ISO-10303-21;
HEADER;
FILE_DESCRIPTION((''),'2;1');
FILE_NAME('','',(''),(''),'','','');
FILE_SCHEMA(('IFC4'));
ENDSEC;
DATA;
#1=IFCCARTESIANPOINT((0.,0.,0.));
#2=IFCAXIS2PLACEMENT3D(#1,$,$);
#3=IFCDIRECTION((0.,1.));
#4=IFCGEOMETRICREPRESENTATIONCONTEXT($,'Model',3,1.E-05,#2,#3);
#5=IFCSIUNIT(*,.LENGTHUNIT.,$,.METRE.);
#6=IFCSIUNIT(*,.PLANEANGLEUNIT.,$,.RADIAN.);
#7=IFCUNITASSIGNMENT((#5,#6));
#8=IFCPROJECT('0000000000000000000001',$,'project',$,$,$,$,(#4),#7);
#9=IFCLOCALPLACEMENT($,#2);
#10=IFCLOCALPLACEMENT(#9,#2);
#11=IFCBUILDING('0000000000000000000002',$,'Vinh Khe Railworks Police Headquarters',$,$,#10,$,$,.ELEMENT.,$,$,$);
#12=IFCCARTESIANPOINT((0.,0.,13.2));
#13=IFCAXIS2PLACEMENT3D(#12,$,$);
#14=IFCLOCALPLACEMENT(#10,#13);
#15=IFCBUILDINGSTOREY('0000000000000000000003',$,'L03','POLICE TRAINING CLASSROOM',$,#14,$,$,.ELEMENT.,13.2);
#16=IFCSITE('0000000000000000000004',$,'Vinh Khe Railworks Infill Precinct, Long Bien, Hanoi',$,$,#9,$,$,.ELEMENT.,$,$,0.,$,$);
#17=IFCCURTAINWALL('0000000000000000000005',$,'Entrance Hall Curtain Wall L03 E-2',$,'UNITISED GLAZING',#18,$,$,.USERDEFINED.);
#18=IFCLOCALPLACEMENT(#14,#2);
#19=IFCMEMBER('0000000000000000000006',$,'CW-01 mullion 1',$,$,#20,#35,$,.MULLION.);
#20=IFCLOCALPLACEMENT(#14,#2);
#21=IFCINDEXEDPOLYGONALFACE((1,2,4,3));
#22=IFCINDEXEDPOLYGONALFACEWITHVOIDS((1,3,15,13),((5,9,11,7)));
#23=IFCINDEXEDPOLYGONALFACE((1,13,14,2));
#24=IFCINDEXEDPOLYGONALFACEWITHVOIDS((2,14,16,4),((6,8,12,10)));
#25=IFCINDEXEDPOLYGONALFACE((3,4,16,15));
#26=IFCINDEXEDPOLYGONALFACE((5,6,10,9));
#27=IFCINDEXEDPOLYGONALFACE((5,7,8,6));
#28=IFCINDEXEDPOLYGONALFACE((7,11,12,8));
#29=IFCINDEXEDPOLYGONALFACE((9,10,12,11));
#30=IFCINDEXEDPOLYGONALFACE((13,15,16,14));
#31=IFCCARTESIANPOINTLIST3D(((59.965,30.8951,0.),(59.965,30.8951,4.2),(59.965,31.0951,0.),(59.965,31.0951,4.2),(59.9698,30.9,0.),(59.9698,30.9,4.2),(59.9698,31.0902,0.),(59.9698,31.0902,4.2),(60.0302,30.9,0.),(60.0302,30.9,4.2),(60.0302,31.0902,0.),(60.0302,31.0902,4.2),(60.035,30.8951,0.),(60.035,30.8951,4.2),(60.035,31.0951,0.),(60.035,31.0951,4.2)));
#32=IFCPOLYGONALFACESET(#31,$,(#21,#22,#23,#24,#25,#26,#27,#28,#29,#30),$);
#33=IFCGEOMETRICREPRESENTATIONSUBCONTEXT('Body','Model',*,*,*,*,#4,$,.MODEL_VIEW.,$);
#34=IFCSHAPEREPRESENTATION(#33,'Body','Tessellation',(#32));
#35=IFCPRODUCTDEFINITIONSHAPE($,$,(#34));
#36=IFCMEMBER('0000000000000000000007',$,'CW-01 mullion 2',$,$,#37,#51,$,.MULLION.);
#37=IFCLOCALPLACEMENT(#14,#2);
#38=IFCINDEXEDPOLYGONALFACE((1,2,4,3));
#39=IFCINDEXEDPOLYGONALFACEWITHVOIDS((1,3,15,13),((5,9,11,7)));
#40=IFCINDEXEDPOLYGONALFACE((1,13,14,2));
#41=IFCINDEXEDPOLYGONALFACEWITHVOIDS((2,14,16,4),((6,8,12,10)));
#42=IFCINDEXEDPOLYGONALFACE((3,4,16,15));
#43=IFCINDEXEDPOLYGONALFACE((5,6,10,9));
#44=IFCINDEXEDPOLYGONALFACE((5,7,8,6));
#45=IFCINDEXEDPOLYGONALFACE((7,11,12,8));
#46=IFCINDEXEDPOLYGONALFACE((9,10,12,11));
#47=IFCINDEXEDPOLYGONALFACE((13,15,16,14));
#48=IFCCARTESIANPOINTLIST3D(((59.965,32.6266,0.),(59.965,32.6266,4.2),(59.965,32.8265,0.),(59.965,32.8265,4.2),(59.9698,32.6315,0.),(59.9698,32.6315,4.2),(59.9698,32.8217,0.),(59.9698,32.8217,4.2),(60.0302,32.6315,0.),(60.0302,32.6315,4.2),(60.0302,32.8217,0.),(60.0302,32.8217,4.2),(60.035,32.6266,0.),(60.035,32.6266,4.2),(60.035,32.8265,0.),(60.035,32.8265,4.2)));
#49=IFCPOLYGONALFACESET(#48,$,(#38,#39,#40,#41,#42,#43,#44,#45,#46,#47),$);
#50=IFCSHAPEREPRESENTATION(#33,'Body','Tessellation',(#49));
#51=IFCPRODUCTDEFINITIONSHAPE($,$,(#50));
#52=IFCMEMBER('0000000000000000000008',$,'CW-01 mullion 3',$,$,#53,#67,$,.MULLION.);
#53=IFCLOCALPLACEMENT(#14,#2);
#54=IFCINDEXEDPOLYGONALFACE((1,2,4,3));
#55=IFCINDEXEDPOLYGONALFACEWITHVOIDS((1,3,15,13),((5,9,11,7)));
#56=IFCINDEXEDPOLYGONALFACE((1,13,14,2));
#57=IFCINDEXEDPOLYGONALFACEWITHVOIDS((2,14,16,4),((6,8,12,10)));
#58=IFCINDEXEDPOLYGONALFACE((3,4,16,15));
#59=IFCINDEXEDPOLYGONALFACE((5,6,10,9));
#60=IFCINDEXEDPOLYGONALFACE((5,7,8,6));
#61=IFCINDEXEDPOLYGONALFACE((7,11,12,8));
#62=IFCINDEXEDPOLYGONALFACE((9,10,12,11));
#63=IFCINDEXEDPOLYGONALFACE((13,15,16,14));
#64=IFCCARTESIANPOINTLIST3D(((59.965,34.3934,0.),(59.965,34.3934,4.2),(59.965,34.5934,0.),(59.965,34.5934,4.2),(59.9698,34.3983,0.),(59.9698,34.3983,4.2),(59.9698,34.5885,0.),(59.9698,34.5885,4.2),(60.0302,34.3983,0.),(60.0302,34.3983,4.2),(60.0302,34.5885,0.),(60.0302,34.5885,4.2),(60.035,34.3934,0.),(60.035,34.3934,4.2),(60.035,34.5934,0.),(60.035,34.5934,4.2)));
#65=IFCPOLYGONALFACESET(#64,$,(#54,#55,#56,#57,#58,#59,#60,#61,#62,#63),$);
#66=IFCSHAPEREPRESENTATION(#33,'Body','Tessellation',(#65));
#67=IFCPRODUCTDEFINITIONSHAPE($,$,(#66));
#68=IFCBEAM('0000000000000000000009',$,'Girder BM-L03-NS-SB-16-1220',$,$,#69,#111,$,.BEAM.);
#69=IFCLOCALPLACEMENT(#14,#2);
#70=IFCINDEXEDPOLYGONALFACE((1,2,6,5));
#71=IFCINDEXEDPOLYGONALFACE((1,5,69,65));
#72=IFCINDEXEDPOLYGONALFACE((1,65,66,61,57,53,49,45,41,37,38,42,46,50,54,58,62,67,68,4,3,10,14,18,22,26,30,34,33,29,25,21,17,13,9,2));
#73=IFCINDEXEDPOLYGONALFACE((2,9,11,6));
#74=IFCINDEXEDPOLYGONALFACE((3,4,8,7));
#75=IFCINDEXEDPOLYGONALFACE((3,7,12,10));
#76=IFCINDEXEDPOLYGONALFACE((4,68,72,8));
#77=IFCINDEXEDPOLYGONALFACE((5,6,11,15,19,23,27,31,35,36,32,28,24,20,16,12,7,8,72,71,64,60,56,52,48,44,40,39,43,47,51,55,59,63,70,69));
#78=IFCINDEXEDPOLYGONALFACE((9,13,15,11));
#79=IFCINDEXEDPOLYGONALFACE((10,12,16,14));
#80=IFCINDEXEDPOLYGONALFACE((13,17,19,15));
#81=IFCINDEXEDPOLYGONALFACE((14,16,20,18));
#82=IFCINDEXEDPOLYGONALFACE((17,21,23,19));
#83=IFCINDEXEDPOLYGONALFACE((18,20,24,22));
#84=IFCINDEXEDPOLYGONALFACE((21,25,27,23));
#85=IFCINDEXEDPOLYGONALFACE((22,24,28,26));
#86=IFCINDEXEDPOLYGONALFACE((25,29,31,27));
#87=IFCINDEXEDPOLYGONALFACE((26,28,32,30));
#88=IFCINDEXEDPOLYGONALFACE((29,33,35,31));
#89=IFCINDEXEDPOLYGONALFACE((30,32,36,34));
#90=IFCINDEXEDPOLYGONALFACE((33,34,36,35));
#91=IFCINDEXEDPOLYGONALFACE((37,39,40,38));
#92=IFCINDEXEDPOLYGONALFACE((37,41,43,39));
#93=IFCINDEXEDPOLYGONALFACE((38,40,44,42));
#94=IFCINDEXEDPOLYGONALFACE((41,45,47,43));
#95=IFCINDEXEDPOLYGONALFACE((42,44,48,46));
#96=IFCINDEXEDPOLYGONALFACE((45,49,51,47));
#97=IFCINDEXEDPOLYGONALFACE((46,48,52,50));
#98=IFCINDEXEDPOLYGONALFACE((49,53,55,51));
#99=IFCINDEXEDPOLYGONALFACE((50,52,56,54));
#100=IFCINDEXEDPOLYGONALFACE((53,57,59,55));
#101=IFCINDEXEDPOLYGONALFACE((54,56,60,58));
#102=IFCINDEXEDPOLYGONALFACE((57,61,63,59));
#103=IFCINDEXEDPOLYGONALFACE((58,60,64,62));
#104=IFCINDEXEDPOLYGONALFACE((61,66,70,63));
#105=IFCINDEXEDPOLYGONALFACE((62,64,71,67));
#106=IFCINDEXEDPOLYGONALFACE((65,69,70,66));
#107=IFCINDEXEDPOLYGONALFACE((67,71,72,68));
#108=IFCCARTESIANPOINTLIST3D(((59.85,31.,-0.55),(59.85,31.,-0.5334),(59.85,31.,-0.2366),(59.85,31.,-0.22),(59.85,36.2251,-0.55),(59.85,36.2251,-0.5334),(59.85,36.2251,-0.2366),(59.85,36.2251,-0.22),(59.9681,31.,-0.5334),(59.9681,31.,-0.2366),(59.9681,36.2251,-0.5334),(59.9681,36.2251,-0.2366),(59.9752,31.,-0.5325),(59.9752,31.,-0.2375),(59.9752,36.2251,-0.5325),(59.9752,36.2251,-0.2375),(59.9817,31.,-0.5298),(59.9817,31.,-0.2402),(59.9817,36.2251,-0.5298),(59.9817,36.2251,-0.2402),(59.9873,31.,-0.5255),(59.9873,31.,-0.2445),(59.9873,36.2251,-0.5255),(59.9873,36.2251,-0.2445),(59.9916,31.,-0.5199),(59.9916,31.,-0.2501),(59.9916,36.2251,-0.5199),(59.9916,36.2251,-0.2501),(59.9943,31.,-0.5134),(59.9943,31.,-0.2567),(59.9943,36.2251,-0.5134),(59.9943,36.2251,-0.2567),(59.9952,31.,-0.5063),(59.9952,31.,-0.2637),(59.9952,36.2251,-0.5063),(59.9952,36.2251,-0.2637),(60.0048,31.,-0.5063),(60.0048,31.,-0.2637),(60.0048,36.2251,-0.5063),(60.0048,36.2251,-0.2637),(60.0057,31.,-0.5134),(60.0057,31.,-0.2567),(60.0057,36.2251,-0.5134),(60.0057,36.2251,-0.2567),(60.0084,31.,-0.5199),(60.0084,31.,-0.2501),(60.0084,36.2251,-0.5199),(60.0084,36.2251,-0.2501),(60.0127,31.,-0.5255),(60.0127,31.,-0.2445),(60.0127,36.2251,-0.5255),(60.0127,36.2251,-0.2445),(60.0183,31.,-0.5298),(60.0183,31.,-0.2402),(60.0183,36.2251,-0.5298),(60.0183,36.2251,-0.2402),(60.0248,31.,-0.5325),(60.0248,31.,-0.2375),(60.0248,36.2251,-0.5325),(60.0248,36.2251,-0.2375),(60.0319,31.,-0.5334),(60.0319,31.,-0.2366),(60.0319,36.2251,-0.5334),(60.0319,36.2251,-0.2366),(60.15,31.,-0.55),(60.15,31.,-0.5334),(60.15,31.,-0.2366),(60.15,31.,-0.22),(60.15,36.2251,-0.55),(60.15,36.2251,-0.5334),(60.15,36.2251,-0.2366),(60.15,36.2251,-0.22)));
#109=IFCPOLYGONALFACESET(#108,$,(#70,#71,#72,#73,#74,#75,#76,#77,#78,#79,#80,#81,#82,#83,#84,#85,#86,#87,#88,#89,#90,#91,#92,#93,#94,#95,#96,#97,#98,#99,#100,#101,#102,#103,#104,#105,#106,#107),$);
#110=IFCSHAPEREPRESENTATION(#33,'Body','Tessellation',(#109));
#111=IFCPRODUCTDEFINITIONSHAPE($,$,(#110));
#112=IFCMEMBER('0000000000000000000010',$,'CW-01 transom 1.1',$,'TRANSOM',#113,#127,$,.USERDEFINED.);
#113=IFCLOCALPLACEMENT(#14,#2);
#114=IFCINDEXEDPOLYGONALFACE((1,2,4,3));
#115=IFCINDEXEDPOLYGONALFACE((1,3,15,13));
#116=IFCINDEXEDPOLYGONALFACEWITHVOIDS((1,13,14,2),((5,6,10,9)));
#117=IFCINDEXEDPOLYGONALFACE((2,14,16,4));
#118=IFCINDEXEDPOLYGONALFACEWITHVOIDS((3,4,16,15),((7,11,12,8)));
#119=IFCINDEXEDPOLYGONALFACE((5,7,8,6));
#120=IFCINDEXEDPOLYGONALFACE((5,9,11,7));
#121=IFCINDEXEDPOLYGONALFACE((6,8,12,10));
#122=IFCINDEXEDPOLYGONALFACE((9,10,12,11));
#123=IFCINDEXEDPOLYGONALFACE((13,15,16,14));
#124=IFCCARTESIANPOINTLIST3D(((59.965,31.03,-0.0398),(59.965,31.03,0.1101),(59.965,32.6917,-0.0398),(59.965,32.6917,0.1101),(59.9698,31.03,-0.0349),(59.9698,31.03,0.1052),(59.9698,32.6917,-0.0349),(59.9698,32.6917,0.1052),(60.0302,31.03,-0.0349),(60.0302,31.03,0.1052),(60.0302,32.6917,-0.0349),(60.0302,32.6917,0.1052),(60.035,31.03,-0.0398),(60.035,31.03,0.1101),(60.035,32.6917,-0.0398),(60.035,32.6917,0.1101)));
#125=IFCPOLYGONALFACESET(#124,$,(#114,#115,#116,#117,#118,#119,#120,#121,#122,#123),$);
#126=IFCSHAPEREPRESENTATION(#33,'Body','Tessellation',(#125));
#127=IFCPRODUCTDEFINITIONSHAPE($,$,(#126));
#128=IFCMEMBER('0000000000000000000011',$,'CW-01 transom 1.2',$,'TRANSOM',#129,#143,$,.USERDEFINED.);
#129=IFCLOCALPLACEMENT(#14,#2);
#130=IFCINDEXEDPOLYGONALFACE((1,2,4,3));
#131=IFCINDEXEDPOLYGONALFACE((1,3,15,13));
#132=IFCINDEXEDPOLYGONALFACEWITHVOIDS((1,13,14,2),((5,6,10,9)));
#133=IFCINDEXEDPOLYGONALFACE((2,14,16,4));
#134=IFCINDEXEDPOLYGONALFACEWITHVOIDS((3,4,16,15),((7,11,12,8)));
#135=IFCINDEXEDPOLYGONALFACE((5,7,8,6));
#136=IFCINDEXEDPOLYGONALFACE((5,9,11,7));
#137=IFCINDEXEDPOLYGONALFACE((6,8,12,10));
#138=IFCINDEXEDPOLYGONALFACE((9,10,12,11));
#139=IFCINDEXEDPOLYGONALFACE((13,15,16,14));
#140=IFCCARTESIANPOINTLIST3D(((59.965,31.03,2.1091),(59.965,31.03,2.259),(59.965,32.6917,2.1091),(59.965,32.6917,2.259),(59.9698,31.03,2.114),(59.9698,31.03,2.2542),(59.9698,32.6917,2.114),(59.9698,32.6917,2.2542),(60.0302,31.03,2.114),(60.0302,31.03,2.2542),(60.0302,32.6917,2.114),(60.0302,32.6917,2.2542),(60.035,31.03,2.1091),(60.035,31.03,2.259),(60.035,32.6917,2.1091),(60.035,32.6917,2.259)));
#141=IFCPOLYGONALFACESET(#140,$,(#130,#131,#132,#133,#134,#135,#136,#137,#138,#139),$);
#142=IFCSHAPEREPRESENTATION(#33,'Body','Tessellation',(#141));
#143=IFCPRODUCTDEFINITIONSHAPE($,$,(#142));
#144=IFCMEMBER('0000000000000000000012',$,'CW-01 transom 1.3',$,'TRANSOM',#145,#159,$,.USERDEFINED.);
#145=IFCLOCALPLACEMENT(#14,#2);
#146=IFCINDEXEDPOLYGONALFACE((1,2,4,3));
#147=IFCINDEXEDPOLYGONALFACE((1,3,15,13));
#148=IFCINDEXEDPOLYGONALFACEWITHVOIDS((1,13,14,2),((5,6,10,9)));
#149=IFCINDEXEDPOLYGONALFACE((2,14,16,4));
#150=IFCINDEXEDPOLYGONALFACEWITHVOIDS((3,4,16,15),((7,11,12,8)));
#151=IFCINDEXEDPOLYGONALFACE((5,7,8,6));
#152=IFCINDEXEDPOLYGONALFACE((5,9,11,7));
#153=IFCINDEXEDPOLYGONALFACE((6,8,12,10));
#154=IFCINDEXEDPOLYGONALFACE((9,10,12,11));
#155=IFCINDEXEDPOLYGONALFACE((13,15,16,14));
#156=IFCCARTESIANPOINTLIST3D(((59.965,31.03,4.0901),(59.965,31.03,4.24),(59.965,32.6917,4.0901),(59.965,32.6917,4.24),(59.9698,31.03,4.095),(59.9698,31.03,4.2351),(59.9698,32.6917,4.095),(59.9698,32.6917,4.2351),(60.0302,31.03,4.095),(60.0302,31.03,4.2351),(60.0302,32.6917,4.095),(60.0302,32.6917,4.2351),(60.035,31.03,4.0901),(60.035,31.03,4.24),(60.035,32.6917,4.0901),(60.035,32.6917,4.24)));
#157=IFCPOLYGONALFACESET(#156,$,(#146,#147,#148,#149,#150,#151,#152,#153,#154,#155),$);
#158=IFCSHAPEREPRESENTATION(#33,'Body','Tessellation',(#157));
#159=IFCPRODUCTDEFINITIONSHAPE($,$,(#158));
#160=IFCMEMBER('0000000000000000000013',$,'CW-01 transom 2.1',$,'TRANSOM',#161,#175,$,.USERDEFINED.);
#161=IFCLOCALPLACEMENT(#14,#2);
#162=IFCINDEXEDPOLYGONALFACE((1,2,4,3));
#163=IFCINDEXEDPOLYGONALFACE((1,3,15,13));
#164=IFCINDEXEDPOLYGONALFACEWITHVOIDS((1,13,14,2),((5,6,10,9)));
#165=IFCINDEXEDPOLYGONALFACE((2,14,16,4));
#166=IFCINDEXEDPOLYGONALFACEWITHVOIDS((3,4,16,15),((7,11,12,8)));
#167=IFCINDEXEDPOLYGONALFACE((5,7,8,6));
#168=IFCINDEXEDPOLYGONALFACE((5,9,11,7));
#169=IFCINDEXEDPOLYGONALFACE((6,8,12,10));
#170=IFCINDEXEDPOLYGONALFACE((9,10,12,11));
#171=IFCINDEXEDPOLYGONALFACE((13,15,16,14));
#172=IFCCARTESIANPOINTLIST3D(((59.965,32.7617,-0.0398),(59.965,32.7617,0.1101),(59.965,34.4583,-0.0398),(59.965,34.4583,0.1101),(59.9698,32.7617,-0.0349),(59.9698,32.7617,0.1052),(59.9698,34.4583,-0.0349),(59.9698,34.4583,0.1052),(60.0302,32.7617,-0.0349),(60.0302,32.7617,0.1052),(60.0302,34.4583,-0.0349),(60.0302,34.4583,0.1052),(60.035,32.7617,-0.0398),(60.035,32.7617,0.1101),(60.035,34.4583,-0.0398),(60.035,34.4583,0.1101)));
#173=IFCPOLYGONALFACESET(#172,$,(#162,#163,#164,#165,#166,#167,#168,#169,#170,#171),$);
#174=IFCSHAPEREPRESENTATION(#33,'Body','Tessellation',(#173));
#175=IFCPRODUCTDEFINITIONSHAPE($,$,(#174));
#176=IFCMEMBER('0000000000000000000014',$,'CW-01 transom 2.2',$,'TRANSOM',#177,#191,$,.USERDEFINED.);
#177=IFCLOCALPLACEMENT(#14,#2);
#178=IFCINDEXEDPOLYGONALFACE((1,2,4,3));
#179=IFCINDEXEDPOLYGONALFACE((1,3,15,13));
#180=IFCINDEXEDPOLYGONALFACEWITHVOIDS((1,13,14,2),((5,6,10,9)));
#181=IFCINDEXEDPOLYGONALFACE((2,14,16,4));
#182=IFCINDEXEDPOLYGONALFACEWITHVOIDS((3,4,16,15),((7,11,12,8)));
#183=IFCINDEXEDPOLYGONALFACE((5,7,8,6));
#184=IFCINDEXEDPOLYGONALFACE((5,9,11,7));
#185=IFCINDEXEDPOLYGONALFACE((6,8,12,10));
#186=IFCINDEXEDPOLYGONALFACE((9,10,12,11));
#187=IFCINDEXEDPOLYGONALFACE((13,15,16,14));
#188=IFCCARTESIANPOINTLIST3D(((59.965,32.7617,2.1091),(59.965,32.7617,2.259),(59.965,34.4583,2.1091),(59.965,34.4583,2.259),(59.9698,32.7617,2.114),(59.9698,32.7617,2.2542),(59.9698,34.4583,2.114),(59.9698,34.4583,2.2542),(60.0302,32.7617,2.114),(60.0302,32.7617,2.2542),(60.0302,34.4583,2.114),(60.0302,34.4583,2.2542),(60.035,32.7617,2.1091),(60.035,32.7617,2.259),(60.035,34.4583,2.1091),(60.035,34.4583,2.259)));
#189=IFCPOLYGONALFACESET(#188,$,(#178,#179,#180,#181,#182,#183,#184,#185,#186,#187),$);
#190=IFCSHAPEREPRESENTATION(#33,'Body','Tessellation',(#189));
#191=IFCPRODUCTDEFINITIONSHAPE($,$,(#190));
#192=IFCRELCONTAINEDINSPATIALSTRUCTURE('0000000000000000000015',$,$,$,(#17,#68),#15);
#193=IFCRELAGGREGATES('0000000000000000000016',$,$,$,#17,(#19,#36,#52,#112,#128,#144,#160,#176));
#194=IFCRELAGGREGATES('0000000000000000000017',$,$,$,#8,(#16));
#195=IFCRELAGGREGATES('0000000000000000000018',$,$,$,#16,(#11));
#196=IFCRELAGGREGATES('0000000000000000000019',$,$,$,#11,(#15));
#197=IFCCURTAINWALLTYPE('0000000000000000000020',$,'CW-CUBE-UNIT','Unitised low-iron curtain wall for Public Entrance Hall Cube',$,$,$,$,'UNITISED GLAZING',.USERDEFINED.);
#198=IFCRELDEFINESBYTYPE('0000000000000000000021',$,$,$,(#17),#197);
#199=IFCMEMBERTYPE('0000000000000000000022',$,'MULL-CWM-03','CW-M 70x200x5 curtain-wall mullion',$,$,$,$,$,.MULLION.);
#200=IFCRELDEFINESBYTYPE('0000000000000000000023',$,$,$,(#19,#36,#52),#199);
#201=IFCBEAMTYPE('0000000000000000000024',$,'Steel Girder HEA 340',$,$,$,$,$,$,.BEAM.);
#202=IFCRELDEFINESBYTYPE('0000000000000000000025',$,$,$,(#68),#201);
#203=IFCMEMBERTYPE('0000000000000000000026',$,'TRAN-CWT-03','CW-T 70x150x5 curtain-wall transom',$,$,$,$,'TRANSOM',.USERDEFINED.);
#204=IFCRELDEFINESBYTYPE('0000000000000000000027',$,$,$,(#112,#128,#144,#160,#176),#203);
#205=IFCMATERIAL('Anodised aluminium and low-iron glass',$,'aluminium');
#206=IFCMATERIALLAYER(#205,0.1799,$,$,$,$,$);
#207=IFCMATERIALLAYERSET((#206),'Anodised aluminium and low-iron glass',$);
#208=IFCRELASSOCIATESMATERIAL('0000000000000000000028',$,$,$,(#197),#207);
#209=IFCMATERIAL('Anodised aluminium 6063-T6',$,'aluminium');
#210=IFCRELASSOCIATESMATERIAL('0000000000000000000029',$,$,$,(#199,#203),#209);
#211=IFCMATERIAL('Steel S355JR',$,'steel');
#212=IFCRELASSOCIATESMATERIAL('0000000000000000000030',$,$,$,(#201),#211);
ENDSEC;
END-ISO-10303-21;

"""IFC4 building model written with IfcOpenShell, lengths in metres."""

from ifc_helpers import new_model, si_unit, direction, frame, origin, origin_2d, place, context, subcontext, project, spatial, hollow_rectangle, i_section, extrude, material, layer, layer_set, material_profile, profile_set, type_object, element, aggregate, save


model = new_model("IFC4")

# Units and contexts
model_context = context("Model", 3, precision=1e-05, world=origin(), true_north=direction((0.0, 1.0)))
body_context = subcontext(model_context, "Body", "Model", "MODEL_VIEW")
ifc_project = project(units=[si_unit("LENGTHUNIT", "METRE"), si_unit("PLANEANGLEUNIT", "RADIAN")], contexts=[model_context])

# Site, building, storey
site_placement = place(None, origin())
site = spatial("IfcSite", under=ifc_project, at=site_placement, Name="Vinh Khe Railworks Infill Precinct, Long Bien, Hanoi", CompositionType="ELEMENT", RefElevation=0.0)
building_placement = place(site_placement, origin())
building = spatial("IfcBuilding", under=site, at=building_placement, Name="Vinh Khe Railworks Police Headquarters", CompositionType="ELEMENT")
storey_placement = place(building_placement, frame((0.0, 0.0, 13.2)))
storey = spatial("IfcBuildingStorey", under=building, at=storey_placement, Name="L03", Description="POLICE TRAINING CLASSROOM", CompositionType="ELEMENT", Elevation=13.2)

# Shared definitions
ifc_material_1 = material(Name="Steel S355JR", Category="steel")

# Shared definitions
ifc_material_2 = material(Name="Anodised aluminium and low-iron glass", Category="aluminium")
ifc_layer_1 = layer(ifc_material_2, 0.1799)
ifc_layer_set_1 = layer_set([ifc_layer_1], Name="Anodised aluminium and low-iron glass")
curtain_wall_type = type_object("IfcCurtainWallType", Name="CW-CUBE-UNIT", Description="Unitised low-iron curtain wall for Public Entrance Hall Cube", ElementType="UNITISED GLAZING", PredefinedType="USERDEFINED", material=ifc_layer_set_1)
ifc_material_3 = material(Name="Anodised aluminium 6063-T6", Category="aluminium")
ifc_material_profile_1 = material_profile(ifc_material_3, hollow_rectangle(XDim=0.0701, YDim=0.2, WallThickness=0.0049, at=origin_2d()), Name="CW-M 70x200x5")
ifc_profile_set_1 = profile_set([ifc_material_profile_1], Name="Anodised aluminium 6063-T6")
member_type_1 = type_object("IfcMemberType", Name="MULL-CWM-03", Description="CW-M 70x200x5 curtain-wall mullion", PredefinedType="MULLION", material=ifc_profile_set_1)

# Curtain wall, members
curtain_wall_1_placement = place(storey_placement, origin())
curtain_wall_1 = element("IfcCurtainWall", 1, at=curtain_wall_1_placement, inside=storey, type_object=curtain_wall_type, Name="Entrance Hall Curtain Wall L03 E-2", ObjectType="UNITISED GLAZING", PredefinedType="USERDEFINED")
member_1_placement = place(storey_placement, frame((60.0, 30.9951, 0.0), z_axis=(0.0, 0.0, 1.0), x_axis=(-1.0, 0.0, 0.0)))
member_1 = element("IfcMember", 2, at=member_1_placement, type_object=member_type_1, Name="CW-01 mullion 1", PredefinedType="MULLION", context=body_context, shape_type="SweptSolid", body=[
    extrude(hollow_rectangle(XDim=0.0701, YDim=0.2, WallThickness=0.0049, at=origin_2d()), origin(), (0.0, 0.0, 1.0), 4.2),
])
member_2_placement = place(storey_placement, frame((60.0, 32.7266, 0.0), z_axis=(0.0, 0.0, 1.0), x_axis=(-1.0, 0.0, 0.0)))
member_2 = element("IfcMember", 3, at=member_2_placement, type_object=member_type_1, Name="CW-01 mullion 2", PredefinedType="MULLION", context=body_context, shape_type="SweptSolid", body=[
    extrude(hollow_rectangle(XDim=0.0701, YDim=0.2, WallThickness=0.0049, at=origin_2d()), origin(), (0.0, 0.0, 1.0), 4.2),
])
member_3_placement = place(storey_placement, frame((60.0, 34.4934, 0.0), z_axis=(0.0, 0.0, 1.0), x_axis=(-1.0, 0.0, 0.0)))
member_3 = element("IfcMember", 4, at=member_3_placement, type_object=member_type_1, Name="CW-01 mullion 3", PredefinedType="MULLION", context=body_context, shape_type="SweptSolid", body=[
    extrude(hollow_rectangle(XDim=0.0701, YDim=0.2, WallThickness=0.0049, at=origin_2d()), origin(), (0.0, 0.0, 1.0), 4.2),
])

# Beam
ifc_material_profile_2 = material_profile(ifc_material_1, i_section(OverallWidth=0.3, OverallDepth=0.3301, WebThickness=0.0095, FlangeThickness=0.0166, FilletRadius=0.0271, at=origin_2d()), Name="HEA 340")
ifc_profile_set_2 = profile_set([ifc_material_profile_2], Name="Steel S355JR")
beam_type = type_object("IfcBeamType", Name="Steel Girder HEA 340", PredefinedType="BEAM", material=ifc_profile_set_2)
beam_placement = place(storey_placement, frame((60.0, 31.0, -0.385), z_axis=(0.0, 1.0, 0.0), x_axis=(-1.0, 0.0, 0.0)))
element("IfcBeam", 5, at=beam_placement, inside=storey, type_object=beam_type, Name="Girder BM-L03-NS-SB-16-1220", PredefinedType="BEAM", context=body_context, shape_type="SweptSolid", body=[
    extrude(i_section(OverallWidth=0.3, OverallDepth=0.3301, WebThickness=0.0095, FlangeThickness=0.0166, FilletRadius=0.0271, at=origin_2d()), origin(), (0.0, 0.0, 1.0), 5.2251),
])

# Members
ifc_material_profile_3 = material_profile(ifc_material_3, hollow_rectangle(XDim=0.0701, YDim=0.1499, WallThickness=0.0049, at=origin_2d()), Name="CW-T 70x150x5")
ifc_profile_set_3 = profile_set([ifc_material_profile_3], Name="Anodised aluminium 6063-T6")
member_type_2 = type_object("IfcMemberType", Name="TRAN-CWT-03", Description="CW-T 70x150x5 curtain-wall transom", ElementType="TRANSOM", PredefinedType="USERDEFINED", material=ifc_profile_set_3)
member_4_placement = place(storey_placement, frame((60.0, 31.03, 0.0352), z_axis=(0.0, 1.0, 0.0), x_axis=(-1.0, 0.0, 0.0)))
member_4 = element("IfcMember", 6, at=member_4_placement, type_object=member_type_2, Name="CW-01 transom 1.1", ObjectType="TRANSOM", PredefinedType="USERDEFINED", context=body_context, shape_type="SweptSolid", body=[
    extrude(hollow_rectangle(XDim=0.0701, YDim=0.1499, WallThickness=0.0049, at=origin_2d()), origin(), (0.0, 0.0, 1.0), 1.6616),
])
member_5_placement = place(storey_placement, frame((60.0, 31.03, 2.1841), z_axis=(0.0, 1.0, 0.0), x_axis=(-1.0, 0.0, 0.0)))
member_5 = element("IfcMember", 7, at=member_5_placement, type_object=member_type_2, Name="CW-01 transom 1.2", ObjectType="TRANSOM", PredefinedType="USERDEFINED", context=body_context, shape_type="SweptSolid", body=[
    extrude(hollow_rectangle(XDim=0.0701, YDim=0.1499, WallThickness=0.0049, at=origin_2d()), origin(), (0.0, 0.0, 1.0), 1.6616),
])
member_6_placement = place(storey_placement, frame((60.0, 31.03, 4.165), z_axis=(0.0, 1.0, 0.0), x_axis=(-1.0, 0.0, 0.0)))
member_6 = element("IfcMember", 8, at=member_6_placement, type_object=member_type_2, Name="CW-01 transom 1.3", ObjectType="TRANSOM", PredefinedType="USERDEFINED", context=body_context, shape_type="SweptSolid", body=[
    extrude(hollow_rectangle(XDim=0.0701, YDim=0.1499, WallThickness=0.0049, at=origin_2d()), origin(), (0.0, 0.0, 1.0), 1.6616),
])
member_7_placement = place(storey_placement, frame((60.0, 32.7617, 0.0352), z_axis=(0.0, 1.0, 0.0), x_axis=(-1.0, 0.0, 0.0)))
member_7 = element("IfcMember", 9, at=member_7_placement, type_object=member_type_2, Name="CW-01 transom 2.1", ObjectType="TRANSOM", PredefinedType="USERDEFINED", context=body_context, shape_type="SweptSolid", body=[
    extrude(hollow_rectangle(XDim=0.0701, YDim=0.1499, WallThickness=0.0049, at=origin_2d()), origin(), (0.0, 0.0, 1.0), 1.6965),
])
member_8_placement = place(storey_placement, frame((60.0, 32.7617, 2.1841), z_axis=(0.0, 1.0, 0.0), x_axis=(-1.0, 0.0, 0.0)))
member_8 = element("IfcMember", 10, at=member_8_placement, type_object=member_type_2, Name="CW-01 transom 2.2", ObjectType="TRANSOM", PredefinedType="USERDEFINED", context=body_context, shape_type="SweptSolid", body=[
    extrude(hollow_rectangle(XDim=0.0701, YDim=0.1499, WallThickness=0.0049, at=origin_2d()), origin(), (0.0, 0.0, 1.0), 1.6965),
])

aggregate(curtain_wall_1, [member_1, member_2, member_3, member_4, member_5, member_6, member_7, member_8])

save(model, "model.ifc")
